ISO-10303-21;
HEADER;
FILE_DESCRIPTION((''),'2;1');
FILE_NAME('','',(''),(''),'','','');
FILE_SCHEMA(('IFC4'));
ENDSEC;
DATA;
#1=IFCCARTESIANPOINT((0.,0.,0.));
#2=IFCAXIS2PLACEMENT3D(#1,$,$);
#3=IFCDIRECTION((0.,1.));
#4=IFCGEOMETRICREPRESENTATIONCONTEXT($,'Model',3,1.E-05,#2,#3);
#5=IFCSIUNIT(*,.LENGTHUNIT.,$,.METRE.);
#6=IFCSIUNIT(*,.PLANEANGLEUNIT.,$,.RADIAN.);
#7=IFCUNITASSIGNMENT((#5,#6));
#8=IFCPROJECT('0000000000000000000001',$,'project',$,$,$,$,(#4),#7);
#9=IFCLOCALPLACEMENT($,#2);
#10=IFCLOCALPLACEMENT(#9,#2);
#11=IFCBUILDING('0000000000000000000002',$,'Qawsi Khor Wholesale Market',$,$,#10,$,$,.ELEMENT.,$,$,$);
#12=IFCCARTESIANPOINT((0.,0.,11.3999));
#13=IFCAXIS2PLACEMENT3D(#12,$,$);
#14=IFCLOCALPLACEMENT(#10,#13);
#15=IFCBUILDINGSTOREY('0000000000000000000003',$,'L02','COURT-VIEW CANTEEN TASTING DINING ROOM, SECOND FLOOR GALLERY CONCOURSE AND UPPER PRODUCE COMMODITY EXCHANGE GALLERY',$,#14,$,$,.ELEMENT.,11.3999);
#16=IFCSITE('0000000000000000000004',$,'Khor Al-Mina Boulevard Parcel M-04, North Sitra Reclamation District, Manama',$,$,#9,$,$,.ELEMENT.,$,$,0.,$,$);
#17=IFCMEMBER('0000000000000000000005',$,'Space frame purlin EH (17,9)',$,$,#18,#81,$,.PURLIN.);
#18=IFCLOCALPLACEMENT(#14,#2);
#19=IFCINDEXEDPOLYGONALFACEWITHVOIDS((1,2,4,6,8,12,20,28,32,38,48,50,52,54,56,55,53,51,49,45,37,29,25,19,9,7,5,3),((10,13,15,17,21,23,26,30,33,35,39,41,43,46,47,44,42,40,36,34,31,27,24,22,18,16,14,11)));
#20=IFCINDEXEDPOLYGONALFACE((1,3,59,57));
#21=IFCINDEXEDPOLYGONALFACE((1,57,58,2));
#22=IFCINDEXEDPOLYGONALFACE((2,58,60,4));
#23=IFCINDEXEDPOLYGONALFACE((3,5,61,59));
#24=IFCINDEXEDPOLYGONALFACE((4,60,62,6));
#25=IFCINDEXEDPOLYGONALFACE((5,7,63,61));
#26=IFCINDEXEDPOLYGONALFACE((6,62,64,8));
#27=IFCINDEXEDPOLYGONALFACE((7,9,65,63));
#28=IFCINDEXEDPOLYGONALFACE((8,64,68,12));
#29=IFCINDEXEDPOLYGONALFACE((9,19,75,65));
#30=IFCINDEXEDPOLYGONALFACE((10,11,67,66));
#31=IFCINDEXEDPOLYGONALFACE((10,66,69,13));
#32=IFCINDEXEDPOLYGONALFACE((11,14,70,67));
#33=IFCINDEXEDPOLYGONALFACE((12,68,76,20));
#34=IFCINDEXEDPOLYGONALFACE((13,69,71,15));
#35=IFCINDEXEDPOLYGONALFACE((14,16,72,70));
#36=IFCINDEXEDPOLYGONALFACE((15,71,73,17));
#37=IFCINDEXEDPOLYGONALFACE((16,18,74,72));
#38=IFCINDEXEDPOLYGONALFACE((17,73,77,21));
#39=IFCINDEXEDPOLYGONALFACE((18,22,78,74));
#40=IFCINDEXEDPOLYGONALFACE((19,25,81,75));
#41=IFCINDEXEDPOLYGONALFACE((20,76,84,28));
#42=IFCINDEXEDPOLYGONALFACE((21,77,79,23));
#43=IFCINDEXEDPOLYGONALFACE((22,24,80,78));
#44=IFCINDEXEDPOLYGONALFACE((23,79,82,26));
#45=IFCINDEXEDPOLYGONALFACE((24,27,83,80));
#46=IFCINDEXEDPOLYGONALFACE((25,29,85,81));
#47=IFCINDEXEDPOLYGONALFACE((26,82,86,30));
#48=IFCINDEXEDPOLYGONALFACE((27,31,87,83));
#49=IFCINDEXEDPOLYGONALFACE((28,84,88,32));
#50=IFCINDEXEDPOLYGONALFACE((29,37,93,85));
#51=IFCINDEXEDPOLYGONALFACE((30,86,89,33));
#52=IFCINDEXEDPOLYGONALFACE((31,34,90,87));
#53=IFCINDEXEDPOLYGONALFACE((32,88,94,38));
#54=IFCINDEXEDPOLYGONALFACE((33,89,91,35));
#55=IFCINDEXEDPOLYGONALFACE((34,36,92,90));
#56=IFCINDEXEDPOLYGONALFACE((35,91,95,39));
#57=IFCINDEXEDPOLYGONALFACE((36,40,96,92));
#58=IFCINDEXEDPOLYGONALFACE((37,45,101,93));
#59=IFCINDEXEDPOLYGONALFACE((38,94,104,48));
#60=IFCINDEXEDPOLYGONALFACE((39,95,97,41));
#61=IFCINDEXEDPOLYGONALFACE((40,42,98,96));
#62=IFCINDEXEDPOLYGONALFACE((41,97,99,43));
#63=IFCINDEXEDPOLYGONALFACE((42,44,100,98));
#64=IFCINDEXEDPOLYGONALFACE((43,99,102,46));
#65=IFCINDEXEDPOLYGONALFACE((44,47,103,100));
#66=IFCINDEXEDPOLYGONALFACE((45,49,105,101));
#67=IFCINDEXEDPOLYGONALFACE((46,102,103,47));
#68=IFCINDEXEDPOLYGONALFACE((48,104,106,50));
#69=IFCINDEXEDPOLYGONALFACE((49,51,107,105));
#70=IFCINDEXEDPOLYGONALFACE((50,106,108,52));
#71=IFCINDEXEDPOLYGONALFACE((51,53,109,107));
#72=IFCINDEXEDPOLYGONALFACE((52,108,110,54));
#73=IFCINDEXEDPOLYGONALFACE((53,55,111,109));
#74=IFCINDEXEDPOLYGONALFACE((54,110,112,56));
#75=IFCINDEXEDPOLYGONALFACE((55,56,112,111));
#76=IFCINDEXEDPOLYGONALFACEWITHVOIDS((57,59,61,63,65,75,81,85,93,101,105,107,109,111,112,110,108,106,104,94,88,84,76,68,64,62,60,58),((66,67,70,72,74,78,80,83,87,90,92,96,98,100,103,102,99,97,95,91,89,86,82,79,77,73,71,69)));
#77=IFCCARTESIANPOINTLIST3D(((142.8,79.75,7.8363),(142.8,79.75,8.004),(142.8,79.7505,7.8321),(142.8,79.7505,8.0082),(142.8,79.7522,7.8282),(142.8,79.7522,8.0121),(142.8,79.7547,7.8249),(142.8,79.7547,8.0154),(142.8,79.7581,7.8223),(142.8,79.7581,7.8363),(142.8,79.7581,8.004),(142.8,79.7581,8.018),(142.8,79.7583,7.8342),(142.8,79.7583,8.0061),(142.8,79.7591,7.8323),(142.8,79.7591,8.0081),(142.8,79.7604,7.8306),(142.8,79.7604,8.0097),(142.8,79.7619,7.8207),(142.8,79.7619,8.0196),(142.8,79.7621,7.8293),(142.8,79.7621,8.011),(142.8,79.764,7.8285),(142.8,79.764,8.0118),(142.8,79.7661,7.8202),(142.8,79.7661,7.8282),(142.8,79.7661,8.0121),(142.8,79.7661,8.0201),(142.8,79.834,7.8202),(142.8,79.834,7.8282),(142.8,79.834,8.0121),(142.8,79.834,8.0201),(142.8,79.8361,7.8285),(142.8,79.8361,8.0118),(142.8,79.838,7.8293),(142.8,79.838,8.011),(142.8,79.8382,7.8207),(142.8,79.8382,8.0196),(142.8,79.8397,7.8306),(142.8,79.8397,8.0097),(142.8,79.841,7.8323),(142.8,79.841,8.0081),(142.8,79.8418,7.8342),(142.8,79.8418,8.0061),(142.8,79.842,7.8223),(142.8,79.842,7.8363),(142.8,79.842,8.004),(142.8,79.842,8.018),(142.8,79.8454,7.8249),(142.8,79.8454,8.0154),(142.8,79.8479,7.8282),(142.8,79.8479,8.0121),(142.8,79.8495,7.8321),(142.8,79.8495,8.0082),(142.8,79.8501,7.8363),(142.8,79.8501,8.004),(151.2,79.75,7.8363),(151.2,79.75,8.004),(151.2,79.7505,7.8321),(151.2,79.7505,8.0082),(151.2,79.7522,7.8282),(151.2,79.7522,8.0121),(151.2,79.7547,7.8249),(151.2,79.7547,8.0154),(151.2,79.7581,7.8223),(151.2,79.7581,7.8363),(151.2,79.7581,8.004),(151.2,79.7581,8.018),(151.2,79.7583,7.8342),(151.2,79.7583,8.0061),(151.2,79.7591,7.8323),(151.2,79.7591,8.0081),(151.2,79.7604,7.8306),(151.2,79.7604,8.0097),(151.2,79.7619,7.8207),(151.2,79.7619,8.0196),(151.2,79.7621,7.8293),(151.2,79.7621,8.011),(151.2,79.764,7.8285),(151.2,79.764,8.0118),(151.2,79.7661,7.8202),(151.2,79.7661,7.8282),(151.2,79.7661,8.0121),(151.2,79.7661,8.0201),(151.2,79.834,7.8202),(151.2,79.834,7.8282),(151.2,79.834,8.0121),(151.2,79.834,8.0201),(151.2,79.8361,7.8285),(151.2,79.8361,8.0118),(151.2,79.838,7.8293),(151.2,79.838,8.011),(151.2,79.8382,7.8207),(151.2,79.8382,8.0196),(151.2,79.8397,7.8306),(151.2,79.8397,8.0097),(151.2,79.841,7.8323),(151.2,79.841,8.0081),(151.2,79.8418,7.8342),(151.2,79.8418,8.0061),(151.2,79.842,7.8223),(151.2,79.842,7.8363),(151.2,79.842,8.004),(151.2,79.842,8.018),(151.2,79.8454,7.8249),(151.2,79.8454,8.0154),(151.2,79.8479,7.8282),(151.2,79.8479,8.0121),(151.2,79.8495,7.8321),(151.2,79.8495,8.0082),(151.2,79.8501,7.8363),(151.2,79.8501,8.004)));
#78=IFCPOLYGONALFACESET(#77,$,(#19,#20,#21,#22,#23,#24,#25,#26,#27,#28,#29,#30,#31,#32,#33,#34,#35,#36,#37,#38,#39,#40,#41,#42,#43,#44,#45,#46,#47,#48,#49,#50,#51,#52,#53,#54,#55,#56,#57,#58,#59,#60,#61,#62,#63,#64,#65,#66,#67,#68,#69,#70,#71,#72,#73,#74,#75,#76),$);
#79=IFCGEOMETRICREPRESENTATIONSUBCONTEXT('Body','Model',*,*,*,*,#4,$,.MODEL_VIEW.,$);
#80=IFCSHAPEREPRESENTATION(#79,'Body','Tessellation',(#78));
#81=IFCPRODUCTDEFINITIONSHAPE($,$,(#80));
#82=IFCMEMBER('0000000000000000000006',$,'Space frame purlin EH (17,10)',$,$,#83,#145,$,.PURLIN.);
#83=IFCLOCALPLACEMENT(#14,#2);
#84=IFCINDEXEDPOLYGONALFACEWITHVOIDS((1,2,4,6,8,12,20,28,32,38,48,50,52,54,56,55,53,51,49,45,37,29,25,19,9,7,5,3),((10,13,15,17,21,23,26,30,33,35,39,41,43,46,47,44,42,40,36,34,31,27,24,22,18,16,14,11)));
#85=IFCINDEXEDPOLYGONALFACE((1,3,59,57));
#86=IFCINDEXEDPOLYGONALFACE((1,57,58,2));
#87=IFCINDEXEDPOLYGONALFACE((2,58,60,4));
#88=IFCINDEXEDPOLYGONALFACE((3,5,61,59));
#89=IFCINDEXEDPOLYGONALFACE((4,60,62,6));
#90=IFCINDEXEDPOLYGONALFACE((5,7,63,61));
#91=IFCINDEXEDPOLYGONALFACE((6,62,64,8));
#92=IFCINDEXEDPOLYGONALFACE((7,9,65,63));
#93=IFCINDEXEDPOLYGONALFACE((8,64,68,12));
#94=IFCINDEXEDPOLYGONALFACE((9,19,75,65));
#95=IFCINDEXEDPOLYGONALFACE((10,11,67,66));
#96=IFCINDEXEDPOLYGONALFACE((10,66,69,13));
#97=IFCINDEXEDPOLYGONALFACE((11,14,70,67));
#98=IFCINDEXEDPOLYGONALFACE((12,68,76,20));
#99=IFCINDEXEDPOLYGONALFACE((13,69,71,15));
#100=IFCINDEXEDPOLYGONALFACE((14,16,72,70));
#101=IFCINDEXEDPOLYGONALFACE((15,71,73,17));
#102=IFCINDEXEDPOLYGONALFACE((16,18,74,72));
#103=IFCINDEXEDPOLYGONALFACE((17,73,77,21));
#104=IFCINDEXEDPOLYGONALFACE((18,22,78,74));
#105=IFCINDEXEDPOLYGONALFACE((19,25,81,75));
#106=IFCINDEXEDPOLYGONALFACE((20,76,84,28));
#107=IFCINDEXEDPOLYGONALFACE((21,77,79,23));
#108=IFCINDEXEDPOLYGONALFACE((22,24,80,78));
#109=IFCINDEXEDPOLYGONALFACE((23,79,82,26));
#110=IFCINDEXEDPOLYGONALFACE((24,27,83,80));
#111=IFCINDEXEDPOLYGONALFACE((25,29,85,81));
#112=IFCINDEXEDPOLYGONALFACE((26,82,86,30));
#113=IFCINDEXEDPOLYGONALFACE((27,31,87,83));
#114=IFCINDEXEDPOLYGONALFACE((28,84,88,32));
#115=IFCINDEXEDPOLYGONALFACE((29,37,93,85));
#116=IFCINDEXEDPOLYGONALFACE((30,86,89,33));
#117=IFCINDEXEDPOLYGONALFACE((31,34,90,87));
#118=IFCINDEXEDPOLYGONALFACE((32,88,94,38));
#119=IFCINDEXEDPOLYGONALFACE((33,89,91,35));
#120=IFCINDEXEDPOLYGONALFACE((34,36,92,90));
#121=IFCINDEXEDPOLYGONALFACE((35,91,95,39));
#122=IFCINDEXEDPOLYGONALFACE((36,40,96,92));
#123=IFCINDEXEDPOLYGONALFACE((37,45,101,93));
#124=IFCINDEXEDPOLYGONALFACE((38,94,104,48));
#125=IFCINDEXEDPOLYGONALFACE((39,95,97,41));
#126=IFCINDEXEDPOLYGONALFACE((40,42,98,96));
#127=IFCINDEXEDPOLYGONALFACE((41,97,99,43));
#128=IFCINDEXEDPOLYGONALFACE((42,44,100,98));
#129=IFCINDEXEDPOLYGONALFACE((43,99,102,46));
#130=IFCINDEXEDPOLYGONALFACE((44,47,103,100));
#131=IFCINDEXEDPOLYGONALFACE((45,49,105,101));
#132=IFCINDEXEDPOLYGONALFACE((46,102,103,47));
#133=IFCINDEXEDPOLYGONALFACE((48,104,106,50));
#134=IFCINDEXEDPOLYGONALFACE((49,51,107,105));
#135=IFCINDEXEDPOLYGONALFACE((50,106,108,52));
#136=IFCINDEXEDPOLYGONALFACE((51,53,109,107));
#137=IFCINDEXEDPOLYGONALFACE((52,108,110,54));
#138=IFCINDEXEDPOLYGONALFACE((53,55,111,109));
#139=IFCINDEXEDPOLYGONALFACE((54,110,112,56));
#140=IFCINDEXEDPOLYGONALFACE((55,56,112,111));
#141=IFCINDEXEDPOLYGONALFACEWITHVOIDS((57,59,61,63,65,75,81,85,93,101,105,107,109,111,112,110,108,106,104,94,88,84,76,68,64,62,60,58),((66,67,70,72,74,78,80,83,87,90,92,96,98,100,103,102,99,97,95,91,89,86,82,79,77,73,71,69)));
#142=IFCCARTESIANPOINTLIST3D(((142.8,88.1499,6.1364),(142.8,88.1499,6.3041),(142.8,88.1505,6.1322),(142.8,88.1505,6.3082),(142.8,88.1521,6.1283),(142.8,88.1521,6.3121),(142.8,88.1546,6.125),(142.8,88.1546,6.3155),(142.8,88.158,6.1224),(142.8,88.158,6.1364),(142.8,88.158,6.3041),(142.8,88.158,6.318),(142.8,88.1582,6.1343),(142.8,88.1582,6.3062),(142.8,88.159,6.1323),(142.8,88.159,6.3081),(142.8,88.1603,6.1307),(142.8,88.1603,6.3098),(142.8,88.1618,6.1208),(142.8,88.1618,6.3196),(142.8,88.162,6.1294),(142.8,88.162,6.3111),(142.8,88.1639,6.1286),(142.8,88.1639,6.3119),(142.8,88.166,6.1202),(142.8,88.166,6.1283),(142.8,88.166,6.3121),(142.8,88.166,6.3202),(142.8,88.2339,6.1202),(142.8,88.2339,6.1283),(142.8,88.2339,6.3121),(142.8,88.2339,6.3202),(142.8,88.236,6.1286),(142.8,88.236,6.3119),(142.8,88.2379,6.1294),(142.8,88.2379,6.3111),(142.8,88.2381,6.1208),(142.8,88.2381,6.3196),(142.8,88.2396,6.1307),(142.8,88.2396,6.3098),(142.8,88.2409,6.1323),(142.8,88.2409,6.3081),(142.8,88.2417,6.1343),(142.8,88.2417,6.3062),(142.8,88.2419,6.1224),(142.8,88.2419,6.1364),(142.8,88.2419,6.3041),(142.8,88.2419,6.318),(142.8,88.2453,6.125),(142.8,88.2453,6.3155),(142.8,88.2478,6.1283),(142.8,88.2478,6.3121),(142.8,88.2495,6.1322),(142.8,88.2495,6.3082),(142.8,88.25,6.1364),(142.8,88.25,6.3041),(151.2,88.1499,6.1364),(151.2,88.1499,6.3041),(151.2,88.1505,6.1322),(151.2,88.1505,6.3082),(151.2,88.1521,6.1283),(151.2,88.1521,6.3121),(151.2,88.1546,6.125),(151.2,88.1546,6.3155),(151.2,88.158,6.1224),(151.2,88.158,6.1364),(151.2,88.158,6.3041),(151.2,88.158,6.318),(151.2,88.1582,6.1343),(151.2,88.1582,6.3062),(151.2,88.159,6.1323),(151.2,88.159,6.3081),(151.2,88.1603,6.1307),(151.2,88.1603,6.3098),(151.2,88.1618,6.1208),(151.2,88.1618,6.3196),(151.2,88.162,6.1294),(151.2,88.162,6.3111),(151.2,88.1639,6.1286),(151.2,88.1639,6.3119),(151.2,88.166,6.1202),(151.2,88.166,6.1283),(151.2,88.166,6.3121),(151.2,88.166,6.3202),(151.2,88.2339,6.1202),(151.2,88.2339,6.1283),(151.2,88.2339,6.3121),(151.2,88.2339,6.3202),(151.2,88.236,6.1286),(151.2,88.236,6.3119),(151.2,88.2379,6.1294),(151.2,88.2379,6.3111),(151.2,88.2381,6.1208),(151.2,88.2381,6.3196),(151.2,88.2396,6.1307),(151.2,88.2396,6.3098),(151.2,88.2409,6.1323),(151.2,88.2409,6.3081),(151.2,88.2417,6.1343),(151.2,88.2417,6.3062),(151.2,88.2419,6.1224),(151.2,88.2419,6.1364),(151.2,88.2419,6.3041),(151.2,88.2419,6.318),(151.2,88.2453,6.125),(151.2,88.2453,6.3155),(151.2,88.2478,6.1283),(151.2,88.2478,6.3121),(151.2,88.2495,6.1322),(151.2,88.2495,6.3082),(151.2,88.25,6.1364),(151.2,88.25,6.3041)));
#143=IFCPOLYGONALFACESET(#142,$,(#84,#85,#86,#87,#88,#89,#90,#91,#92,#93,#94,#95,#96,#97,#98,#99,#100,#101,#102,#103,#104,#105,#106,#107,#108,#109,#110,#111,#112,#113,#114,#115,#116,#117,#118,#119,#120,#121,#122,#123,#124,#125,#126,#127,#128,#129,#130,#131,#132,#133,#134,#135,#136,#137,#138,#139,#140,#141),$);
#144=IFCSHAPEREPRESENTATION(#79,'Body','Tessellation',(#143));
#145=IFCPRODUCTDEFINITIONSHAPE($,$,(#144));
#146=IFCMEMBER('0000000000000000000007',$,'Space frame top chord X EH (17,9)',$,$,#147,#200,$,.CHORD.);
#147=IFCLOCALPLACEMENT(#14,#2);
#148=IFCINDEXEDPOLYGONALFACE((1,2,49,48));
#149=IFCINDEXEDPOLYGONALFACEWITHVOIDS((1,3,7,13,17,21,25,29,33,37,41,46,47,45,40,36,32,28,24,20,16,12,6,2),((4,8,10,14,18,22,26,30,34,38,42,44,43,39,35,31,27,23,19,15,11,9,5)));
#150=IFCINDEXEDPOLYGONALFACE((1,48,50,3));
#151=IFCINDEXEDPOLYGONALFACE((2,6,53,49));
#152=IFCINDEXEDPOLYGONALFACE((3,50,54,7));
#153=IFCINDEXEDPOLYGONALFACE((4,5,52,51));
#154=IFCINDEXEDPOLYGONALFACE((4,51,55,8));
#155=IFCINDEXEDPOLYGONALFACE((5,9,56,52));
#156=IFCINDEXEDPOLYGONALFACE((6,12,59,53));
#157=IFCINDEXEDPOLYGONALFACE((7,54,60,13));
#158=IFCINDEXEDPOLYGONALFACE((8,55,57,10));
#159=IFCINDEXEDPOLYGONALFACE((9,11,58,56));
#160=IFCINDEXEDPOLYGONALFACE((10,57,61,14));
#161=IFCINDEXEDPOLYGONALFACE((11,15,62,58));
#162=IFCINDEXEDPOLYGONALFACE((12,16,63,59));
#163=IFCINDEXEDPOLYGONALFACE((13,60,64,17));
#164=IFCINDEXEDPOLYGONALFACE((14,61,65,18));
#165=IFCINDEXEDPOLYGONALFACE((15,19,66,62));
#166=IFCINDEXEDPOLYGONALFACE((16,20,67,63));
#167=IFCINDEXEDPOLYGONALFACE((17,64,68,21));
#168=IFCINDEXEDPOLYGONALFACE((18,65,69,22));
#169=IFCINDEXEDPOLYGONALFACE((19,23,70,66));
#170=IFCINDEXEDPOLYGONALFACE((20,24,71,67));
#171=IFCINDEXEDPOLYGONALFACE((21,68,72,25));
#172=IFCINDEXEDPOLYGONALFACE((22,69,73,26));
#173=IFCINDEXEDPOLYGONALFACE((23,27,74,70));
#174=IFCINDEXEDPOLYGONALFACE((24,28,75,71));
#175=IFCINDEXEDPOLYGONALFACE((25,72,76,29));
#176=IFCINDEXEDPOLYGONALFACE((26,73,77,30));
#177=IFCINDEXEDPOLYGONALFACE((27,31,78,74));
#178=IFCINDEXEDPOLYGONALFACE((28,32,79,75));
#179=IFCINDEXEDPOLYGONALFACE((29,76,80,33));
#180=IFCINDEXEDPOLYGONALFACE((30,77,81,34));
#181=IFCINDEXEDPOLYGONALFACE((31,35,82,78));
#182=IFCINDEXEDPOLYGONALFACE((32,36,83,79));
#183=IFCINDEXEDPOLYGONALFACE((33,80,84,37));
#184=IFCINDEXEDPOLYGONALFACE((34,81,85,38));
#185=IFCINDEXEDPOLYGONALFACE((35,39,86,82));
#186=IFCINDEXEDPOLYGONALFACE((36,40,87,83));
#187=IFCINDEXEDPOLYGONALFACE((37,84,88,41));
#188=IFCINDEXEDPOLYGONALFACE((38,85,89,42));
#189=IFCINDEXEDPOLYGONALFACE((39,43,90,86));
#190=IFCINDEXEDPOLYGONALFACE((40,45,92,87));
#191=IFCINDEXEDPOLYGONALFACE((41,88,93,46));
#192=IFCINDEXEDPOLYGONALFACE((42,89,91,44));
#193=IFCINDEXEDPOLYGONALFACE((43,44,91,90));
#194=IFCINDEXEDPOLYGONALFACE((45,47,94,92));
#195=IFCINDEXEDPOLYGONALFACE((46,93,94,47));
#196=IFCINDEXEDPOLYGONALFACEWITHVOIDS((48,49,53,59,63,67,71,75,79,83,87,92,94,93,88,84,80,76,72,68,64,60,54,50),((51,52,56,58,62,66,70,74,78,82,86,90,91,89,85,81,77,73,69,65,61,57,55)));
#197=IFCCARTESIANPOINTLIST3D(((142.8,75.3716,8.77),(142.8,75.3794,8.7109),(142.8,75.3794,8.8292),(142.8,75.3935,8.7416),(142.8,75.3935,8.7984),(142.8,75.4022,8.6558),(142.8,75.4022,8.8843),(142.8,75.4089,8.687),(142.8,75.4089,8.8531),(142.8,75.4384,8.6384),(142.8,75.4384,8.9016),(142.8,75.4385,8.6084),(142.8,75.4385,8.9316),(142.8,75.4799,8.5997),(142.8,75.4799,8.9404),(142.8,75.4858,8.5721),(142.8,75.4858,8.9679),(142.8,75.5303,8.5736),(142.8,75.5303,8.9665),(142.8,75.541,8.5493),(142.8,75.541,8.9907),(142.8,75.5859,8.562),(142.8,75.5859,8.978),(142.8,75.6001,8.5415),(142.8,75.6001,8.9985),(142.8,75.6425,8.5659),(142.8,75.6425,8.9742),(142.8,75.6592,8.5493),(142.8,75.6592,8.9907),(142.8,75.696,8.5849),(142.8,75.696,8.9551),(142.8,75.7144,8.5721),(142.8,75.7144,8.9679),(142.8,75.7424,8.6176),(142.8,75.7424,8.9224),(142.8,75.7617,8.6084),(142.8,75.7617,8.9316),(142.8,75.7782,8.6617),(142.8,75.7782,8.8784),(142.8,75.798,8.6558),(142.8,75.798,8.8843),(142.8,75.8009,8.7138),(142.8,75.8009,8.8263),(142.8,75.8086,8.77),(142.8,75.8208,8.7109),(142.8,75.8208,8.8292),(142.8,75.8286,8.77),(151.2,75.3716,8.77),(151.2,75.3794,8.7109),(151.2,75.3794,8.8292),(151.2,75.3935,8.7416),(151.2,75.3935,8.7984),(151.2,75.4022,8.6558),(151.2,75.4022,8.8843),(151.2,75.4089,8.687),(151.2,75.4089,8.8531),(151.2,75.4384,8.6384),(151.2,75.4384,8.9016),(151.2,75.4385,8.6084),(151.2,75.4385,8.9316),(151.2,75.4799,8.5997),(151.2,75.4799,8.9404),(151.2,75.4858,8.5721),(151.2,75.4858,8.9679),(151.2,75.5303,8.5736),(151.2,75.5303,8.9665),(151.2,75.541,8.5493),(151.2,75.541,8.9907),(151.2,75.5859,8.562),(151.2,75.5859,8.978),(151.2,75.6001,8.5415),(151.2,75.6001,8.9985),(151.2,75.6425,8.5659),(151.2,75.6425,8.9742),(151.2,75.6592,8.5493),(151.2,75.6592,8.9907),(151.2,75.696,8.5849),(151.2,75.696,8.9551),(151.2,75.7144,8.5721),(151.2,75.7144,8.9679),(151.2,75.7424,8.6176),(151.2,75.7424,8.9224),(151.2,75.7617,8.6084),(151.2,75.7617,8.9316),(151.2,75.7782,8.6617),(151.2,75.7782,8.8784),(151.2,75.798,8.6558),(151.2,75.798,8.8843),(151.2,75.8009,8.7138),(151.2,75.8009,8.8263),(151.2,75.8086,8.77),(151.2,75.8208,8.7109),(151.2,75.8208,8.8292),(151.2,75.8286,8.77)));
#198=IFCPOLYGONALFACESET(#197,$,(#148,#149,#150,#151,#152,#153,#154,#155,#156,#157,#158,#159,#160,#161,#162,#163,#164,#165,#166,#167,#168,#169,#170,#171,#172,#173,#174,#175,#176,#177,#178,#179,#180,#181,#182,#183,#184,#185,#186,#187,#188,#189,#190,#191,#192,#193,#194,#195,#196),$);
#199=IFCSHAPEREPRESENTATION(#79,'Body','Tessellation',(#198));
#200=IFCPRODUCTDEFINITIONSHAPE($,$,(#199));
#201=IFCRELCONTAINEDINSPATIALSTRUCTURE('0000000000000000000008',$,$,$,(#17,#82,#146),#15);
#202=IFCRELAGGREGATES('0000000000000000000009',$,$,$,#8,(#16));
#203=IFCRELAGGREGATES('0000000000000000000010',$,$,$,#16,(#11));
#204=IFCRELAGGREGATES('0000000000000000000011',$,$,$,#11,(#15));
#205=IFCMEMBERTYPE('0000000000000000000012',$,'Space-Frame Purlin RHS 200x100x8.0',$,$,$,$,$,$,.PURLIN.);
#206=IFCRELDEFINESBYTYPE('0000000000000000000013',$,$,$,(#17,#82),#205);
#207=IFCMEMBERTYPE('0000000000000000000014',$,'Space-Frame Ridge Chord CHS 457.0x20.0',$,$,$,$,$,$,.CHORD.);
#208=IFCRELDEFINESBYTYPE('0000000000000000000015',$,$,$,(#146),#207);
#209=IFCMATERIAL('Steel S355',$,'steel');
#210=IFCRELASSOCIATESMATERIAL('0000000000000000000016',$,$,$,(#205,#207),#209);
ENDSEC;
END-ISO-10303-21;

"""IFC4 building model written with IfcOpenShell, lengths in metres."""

from ifc_helpers import new_model, si_unit, direction, frame, origin, origin_2d, place, context, subcontext, project, spatial, hollow_rectangle, hollow_circle, extrude, material, material_profile, profile_set, type_object, element, save


model = new_model("IFC4")

# Units and contexts
model_context = context("Model", 3, precision=1e-05, world=origin(), true_north=direction((0.0, 1.0)))
body_context = subcontext(model_context, "Body", "Model", "MODEL_VIEW")
ifc_project = project(units=[si_unit("LENGTHUNIT", "METRE"), si_unit("PLANEANGLEUNIT", "RADIAN")], contexts=[model_context])

# Site, building, storey
site_placement = place(None, origin())
site = spatial("IfcSite", under=ifc_project, at=site_placement, Name="Khor Al-Mina Boulevard Parcel M-04, North Sitra Reclamation District, Manama", CompositionType="ELEMENT", RefElevation=0.0)
building_placement = place(site_placement, origin())
building = spatial("IfcBuilding", under=site, at=building_placement, Name="Qawsi Khor Wholesale Market", CompositionType="ELEMENT")
storey_placement = place(building_placement, frame((0.0, 0.0, 11.3999)))
storey = spatial("IfcBuildingStorey", under=building, at=storey_placement, Name="L02", Description="COURT-VIEW CANTEEN TASTING DINING ROOM, SECOND FLOOR GALLERY CONCOURSE AND UPPER PRODUCE COMMODITY EXCHANGE GALLERY", CompositionType="ELEMENT", Elevation=11.3999)

# Members
ifc_material_1 = material(Name="Steel S355", Category="steel")
ifc_material_profile_1 = material_profile(ifc_material_1, hollow_rectangle(XDim=0.1001, YDim=0.2, WallThickness=0.0081, InnerFilletRadius=0.0081, OuterFilletRadius=0.0161, at=origin_2d()), Name="RHS 200x100x8.0")
ifc_profile_set_1 = profile_set([ifc_material_profile_1], Name="Steel S355")
member_type_1 = type_object("IfcMemberType", Name="Space-Frame Purlin RHS 200x100x8.0", PredefinedType="PURLIN", material=ifc_profile_set_1)
for number, where, z_axis, x_axis, name in (
    (1, (142.8, 79.8, 7.9202), (1.0, 0.0, 0.0), (0.0, 1.0, 0.0), "Space frame purlin EH (17,9)"),
    (2, (142.8, 88.2, 6.2202), (1.0, 0.0, 0.0), (0.0, 1.0, 0.0), "Space frame purlin EH (17,10)"),
):
    element("IfcMember", number, at=place(storey_placement, frame(where, z_axis=z_axis, x_axis=x_axis)), inside=storey, type_object=member_type_1, Name=name, PredefinedType="PURLIN", context=body_context, shape_type="SweptSolid", body=[
        extrude(hollow_rectangle(XDim=0.1001, YDim=0.2, WallThickness=0.0081, InnerFilletRadius=0.0081, OuterFilletRadius=0.0161, at=origin_2d()), origin(), (0.0, 0.0, 1.0), 8.3999),
    ])
ifc_material_profile_2 = material_profile(ifc_material_1, hollow_circle(Radius=0.2285, WallThickness=0.02, at=origin_2d()), Name="CHS 457.0x20.0")
ifc_profile_set_2 = profile_set([ifc_material_profile_2], Name="Steel S355")
member_type_2 = type_object("IfcMemberType", Name="Space-Frame Ridge Chord CHS 457.0x20.0", PredefinedType="CHORD", material=ifc_profile_set_2)
member_1_placement = place(storey_placement, frame((142.8, 75.6001, 8.77), z_axis=(1.0, 0.0, 0.0), x_axis=(0.0, 1.0, 0.0)))
element("IfcMember", 3, at=member_1_placement, inside=storey, type_object=member_type_2, Name="Space frame top chord X EH (17,9)", PredefinedType="CHORD", context=body_context, shape_type="SweptSolid", body=[
    extrude(hollow_circle(Radius=0.2285, WallThickness=0.02, at=origin_2d()), origin(), (0.0, 0.0, 1.0), 8.3999),
])

save(model, "model.ifc")
